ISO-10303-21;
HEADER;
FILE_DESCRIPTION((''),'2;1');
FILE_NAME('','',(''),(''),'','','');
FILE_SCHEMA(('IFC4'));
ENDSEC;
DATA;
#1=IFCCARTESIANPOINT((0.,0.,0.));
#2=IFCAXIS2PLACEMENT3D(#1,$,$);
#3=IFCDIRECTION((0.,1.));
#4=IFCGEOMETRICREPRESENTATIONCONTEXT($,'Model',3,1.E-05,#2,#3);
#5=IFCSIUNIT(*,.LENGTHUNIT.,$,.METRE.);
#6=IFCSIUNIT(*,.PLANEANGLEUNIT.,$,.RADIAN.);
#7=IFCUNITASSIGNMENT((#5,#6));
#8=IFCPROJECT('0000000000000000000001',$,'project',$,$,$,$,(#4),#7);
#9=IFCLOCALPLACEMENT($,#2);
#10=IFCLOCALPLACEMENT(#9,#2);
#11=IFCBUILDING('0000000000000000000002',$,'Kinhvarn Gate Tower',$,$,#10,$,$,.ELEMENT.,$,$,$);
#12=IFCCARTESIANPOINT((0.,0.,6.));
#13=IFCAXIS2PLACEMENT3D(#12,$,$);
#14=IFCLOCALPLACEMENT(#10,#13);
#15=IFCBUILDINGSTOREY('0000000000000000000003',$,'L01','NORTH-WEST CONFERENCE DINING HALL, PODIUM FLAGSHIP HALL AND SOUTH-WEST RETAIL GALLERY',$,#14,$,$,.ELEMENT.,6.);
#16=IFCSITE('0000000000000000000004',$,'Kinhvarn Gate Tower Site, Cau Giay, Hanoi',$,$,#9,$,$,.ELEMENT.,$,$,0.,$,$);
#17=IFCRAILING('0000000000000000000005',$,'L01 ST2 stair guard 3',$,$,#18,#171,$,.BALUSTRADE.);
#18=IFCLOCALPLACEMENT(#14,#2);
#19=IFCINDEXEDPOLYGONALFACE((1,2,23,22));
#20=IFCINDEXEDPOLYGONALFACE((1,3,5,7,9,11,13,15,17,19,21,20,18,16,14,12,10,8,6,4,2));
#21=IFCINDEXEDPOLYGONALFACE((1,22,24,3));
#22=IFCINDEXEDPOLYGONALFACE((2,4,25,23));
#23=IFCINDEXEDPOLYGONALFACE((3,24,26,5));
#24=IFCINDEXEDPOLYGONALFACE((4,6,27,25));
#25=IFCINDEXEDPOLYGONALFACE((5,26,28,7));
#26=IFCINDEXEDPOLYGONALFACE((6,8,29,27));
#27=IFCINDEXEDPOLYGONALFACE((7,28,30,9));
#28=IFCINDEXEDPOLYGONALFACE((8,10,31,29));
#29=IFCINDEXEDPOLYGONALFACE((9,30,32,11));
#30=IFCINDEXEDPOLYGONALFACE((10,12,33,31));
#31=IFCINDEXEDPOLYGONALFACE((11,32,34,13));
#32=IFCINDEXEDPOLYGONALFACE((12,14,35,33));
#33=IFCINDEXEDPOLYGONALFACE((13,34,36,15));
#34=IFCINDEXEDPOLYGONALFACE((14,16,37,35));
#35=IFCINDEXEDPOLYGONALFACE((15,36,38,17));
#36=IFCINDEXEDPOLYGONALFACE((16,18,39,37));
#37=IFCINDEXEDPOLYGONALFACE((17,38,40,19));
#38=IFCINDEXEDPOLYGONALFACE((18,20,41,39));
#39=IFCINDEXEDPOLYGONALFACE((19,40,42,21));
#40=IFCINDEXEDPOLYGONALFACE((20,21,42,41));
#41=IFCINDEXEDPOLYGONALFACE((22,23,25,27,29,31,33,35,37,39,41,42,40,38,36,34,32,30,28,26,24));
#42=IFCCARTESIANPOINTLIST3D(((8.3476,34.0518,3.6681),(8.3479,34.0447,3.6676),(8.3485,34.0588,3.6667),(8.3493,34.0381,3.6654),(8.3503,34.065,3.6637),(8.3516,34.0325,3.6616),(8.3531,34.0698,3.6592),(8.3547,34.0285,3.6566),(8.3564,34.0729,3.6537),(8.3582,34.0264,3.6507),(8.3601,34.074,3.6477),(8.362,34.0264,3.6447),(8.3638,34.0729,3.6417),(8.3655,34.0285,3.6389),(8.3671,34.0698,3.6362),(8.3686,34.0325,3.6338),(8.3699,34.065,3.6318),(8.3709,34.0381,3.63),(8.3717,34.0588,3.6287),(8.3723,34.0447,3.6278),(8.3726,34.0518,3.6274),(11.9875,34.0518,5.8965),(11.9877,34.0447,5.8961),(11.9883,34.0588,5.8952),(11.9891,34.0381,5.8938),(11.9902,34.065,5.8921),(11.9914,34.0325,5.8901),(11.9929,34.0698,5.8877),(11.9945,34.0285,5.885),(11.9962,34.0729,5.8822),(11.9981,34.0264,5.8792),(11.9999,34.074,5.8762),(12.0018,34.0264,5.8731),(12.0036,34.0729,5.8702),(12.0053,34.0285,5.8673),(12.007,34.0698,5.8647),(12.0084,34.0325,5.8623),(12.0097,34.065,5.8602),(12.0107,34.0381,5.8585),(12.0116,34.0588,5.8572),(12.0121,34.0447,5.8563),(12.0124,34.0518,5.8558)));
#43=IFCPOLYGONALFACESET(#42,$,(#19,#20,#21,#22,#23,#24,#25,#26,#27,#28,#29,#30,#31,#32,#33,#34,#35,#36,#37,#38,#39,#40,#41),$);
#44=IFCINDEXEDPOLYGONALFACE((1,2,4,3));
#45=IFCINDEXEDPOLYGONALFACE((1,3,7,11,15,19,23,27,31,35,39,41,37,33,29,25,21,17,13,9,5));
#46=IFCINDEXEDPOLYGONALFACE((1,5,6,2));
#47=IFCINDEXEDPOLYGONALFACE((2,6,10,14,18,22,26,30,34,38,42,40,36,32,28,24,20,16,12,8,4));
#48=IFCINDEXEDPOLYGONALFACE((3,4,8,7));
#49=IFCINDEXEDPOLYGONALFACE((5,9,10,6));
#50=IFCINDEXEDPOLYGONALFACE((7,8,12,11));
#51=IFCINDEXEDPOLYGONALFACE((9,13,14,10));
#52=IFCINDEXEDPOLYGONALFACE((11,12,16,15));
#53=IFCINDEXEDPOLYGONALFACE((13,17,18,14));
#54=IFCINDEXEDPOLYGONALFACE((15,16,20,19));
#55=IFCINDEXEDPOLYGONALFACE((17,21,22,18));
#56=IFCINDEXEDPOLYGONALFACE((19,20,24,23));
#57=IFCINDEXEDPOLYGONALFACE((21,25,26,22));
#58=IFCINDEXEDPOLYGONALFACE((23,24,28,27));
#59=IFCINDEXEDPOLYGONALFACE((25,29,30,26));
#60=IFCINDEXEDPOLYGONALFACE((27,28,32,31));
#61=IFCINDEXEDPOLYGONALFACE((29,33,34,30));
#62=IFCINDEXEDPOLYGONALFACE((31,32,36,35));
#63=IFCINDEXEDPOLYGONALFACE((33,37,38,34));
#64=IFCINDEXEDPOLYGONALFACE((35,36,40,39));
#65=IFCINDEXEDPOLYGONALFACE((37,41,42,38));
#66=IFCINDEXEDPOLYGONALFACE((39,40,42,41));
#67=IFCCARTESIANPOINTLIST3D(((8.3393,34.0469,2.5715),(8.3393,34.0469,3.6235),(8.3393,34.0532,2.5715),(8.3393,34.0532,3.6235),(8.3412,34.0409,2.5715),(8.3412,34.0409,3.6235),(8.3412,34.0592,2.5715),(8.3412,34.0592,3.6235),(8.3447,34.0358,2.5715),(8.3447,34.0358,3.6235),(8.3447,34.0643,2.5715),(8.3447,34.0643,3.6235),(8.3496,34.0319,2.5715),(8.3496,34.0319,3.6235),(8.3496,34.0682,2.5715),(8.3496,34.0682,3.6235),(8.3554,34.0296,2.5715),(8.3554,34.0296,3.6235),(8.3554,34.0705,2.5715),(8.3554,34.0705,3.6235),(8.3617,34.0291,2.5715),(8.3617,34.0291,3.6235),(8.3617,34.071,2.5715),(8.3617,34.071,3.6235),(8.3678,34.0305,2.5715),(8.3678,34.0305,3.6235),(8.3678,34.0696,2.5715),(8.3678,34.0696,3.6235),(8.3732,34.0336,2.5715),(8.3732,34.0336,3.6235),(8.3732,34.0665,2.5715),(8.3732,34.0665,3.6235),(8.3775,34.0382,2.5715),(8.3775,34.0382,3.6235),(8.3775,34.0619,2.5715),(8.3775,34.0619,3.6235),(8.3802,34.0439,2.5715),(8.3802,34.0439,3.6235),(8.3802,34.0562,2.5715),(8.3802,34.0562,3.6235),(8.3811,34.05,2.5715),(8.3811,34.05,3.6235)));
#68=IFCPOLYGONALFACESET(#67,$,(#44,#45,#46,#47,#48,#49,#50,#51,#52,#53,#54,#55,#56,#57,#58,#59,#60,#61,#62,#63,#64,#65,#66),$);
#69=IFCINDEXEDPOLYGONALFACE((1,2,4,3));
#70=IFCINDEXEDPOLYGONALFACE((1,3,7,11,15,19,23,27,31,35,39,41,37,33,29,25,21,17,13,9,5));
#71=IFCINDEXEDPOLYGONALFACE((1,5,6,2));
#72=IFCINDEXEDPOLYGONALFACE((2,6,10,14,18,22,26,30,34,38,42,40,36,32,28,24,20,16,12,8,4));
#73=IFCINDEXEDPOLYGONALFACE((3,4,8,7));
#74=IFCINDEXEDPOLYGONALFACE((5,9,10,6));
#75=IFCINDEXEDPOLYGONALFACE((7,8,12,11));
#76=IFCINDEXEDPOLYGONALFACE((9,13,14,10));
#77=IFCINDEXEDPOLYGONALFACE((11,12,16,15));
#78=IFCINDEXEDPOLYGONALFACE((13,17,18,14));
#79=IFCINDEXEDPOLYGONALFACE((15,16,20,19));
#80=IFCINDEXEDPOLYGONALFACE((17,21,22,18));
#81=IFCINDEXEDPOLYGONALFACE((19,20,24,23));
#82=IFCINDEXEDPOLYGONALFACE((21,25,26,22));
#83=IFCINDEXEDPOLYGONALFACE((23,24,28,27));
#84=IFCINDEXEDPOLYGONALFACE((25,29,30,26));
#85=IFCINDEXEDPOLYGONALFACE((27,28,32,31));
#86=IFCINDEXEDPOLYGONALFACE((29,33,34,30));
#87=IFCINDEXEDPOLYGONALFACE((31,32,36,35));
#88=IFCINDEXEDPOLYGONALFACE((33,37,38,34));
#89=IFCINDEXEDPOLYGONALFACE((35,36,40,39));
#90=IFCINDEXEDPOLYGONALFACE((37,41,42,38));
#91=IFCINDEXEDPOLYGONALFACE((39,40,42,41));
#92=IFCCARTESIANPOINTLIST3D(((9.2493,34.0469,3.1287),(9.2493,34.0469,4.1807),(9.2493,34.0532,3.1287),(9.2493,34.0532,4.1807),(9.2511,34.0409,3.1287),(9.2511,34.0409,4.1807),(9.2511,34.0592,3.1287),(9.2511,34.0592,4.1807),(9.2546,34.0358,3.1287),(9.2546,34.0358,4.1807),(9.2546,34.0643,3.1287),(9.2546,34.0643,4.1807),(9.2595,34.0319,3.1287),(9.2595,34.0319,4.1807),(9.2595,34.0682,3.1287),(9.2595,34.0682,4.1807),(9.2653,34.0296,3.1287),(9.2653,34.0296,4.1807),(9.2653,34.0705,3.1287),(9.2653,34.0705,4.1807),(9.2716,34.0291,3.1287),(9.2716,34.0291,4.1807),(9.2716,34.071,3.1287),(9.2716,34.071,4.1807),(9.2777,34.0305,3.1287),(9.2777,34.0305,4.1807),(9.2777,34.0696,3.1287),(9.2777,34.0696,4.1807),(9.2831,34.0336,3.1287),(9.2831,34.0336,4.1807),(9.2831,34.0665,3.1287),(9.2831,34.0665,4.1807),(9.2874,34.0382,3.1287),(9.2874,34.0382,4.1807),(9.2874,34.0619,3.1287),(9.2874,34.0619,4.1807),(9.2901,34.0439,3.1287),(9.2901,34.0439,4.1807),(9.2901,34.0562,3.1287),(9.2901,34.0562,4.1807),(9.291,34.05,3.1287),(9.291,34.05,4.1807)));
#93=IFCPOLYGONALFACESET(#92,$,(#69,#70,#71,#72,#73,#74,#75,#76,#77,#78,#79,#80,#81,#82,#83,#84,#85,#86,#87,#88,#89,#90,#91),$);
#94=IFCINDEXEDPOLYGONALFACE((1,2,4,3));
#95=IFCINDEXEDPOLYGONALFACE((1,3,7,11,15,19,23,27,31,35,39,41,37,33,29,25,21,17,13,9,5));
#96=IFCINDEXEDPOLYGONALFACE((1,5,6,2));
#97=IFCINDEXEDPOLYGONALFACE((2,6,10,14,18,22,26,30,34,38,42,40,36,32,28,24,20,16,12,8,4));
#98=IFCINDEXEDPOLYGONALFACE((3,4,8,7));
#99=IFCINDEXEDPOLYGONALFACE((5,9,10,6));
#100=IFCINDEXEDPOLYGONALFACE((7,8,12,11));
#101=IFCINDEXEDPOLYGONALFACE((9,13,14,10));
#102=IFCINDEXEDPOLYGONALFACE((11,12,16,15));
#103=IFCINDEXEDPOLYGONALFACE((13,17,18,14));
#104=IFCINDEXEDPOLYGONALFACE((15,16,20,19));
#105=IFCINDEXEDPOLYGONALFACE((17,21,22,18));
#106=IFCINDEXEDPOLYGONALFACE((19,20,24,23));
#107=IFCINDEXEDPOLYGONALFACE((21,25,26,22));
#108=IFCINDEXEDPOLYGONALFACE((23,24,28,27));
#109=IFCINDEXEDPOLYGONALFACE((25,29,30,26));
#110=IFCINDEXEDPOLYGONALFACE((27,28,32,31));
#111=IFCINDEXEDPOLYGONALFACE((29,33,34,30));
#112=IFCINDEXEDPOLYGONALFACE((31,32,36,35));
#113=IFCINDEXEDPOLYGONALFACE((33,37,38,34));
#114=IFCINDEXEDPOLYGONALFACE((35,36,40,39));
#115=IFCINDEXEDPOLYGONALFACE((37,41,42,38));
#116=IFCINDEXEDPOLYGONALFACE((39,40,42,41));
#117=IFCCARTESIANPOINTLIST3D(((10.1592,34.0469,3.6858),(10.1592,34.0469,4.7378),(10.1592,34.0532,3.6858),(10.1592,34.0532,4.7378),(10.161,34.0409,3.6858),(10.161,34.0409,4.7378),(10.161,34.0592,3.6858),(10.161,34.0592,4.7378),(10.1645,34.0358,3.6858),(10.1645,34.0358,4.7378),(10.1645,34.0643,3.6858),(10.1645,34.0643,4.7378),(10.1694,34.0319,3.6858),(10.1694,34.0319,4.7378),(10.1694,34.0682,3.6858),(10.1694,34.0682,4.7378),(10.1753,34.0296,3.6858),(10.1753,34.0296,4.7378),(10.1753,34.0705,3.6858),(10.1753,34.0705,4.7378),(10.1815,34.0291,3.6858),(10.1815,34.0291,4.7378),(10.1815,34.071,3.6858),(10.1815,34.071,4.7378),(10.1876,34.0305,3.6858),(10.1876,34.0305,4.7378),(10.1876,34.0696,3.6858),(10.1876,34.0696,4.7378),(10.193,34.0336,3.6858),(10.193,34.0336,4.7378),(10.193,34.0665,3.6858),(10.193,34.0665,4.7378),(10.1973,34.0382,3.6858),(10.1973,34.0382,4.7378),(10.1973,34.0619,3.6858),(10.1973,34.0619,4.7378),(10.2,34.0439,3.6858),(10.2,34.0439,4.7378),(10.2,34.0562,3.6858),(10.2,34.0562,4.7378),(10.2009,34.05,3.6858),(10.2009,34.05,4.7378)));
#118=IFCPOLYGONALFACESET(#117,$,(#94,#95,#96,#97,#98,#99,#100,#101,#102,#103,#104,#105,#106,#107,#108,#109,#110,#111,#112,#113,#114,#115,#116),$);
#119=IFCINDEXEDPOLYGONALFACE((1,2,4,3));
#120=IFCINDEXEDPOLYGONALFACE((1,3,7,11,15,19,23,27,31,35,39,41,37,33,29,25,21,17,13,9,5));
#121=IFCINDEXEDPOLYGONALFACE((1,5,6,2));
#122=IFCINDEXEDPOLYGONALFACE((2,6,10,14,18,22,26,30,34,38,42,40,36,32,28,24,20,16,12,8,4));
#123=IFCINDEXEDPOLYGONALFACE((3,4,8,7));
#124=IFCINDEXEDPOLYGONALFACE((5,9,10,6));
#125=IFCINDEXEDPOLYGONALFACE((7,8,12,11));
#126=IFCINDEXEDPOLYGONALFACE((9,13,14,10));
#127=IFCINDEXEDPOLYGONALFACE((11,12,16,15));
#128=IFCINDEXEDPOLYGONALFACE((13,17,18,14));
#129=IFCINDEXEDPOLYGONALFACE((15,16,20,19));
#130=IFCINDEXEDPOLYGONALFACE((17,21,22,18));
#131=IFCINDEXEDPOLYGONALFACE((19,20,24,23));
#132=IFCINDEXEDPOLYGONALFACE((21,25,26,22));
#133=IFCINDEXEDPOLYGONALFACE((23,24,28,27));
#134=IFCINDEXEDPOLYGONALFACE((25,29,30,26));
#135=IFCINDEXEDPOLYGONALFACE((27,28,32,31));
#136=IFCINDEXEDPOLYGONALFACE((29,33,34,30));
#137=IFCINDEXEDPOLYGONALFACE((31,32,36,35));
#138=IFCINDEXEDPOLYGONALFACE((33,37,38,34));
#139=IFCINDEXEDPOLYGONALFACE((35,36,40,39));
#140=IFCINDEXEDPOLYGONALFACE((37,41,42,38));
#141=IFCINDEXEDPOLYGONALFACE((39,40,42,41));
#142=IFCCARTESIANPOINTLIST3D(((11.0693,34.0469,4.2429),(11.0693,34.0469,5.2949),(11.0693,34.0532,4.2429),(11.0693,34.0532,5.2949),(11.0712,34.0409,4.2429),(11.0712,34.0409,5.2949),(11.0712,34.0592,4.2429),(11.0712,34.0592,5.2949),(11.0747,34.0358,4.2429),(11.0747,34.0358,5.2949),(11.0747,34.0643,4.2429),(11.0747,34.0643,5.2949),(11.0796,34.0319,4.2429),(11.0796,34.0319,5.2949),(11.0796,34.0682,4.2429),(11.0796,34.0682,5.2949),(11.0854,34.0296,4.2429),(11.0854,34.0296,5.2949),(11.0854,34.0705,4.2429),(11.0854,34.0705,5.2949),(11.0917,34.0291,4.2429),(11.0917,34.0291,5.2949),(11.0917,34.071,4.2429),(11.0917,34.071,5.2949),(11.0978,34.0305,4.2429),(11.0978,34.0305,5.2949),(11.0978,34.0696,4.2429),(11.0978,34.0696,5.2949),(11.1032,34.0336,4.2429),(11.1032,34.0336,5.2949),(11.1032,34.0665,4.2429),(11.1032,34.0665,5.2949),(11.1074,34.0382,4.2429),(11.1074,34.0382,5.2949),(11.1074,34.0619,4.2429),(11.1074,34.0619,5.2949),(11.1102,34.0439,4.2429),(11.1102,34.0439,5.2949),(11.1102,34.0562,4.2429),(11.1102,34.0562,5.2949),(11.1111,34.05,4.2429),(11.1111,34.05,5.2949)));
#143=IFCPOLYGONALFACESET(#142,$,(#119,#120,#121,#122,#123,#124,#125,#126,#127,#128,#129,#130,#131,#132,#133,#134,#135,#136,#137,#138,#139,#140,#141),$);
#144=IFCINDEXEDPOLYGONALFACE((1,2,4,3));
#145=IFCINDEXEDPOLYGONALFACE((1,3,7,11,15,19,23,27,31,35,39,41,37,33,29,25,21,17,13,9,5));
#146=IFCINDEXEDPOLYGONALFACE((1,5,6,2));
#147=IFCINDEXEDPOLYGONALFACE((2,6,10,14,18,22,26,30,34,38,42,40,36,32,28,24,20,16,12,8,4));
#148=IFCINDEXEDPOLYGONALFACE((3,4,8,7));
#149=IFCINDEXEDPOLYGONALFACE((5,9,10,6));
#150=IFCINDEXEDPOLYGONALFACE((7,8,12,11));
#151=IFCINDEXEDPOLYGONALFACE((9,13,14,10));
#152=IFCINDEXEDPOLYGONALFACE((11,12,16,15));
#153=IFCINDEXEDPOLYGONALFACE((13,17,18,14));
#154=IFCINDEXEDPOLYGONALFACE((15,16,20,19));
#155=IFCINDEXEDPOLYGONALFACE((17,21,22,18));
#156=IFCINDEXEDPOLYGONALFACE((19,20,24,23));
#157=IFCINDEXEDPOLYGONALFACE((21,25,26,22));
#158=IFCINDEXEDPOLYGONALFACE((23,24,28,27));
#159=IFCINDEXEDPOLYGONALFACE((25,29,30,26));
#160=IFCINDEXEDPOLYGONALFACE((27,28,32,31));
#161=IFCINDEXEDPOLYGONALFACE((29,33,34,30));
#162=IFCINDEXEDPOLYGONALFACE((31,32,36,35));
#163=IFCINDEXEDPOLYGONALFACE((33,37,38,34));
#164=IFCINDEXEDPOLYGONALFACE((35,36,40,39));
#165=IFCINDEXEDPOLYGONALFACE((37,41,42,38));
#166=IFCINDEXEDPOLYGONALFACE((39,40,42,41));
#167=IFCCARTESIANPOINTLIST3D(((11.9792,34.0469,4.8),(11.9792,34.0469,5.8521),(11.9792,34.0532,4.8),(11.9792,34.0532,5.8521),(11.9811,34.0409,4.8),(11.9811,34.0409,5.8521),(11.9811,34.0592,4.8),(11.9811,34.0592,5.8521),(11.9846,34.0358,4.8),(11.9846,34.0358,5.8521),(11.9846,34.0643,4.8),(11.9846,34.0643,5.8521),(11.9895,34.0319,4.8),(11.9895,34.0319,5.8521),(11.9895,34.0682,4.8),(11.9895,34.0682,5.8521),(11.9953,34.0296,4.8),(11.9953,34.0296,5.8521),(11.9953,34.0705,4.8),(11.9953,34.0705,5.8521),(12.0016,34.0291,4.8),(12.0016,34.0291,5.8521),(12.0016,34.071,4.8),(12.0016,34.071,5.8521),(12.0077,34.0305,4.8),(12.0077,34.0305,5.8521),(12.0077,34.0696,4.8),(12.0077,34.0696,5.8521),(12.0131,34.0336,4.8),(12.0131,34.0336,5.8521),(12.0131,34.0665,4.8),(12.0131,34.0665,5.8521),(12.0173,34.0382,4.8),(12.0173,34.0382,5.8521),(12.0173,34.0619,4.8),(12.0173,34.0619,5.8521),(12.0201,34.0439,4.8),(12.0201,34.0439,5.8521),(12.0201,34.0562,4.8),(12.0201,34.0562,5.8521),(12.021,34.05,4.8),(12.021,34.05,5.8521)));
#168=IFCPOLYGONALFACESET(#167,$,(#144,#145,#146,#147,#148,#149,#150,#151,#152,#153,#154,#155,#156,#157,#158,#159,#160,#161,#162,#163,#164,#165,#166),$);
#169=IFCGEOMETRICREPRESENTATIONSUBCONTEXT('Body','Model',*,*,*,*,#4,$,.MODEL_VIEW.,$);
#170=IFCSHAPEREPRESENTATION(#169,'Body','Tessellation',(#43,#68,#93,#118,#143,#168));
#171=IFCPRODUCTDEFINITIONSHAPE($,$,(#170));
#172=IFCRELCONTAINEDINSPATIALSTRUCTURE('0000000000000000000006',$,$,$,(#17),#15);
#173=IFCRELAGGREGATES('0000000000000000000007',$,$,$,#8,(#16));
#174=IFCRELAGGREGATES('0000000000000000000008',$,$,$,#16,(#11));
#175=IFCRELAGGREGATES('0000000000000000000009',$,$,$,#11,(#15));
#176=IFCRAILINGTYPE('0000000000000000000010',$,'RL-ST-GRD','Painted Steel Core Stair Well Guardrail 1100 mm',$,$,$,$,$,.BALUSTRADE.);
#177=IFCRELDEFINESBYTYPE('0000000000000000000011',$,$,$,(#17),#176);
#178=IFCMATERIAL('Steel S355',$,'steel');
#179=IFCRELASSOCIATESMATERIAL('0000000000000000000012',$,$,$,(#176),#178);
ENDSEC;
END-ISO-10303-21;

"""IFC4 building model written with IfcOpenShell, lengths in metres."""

from ifc_helpers import new_model, si_unit, direction, frame, origin, origin_2d, place, context, subcontext, project, spatial, circle, extrude, material, type_object, element, save


model = new_model("IFC4")

# Units and contexts
model_context = context("Model", 3, precision=1e-05, world=origin(), true_north=direction((0.0, 1.0)))
body_context = subcontext(model_context, "Body", "Model", "MODEL_VIEW")
ifc_project = project(units=[si_unit("LENGTHUNIT", "METRE"), si_unit("PLANEANGLEUNIT", "RADIAN")], contexts=[model_context])

# Site, building, storey
site_placement = place(None, origin())
site = spatial("IfcSite", under=ifc_project, at=site_placement, Name="Kinhvarn Gate Tower Site, Cau Giay, Hanoi", CompositionType="ELEMENT", RefElevation=0.0)
building_placement = place(site_placement, origin())
building = spatial("IfcBuilding", under=site, at=building_placement, Name="Kinhvarn Gate Tower", CompositionType="ELEMENT")
storey_placement = place(building_placement, frame((0.0, 0.0, 6.0)))
storey = spatial("IfcBuildingStorey", under=building, at=storey_placement, Name="L01", Description="NORTH-WEST CONFERENCE DINING HALL, PODIUM FLAGSHIP HALL AND SOUTH-WEST RETAIL GALLERY", CompositionType="ELEMENT", Elevation=6.0)

# Shared definitions
ifc_material_1 = material(Name="Steel S355", Category="steel")

# Railing
railing_type = type_object("IfcRailingType", Name="RL-ST-GRD", Description="Painted Steel Core Stair Well Guardrail 1100 mm", PredefinedType="BALUSTRADE", material=ifc_material_1)
railing_1_placement = place(storey_placement, frame((8.3601, 34.05, 2.5715)))
element("IfcRailing", 1, at=railing_1_placement, inside=storey, type_object=railing_type, Name="L01 ST2 stair guard 3", PredefinedType="BALUSTRADE", context=body_context, shape_type="SweptSolid", body=[
    extrude(circle(Radius=0.0239, at=origin_2d()), frame((0.0, 0.0, 1.0762), z_axis=(0.85285, 0.0, 0.522156), x_axis=(0.0, 1.0, 0.0)), (0.0, 0.0, 1.0), 4.2678),
    extrude(circle(Radius=0.021, at=origin_2d()), origin(), (0.0, 0.0, 1.0), 1.052),
    extrude(circle(Radius=0.021, at=origin_2d()), frame((0.9099, 0.0, 0.5571)), (0.0, 0.0, 1.0), 1.052),
    extrude(circle(Radius=0.021, at=origin_2d()), frame((1.8198, 0.0, 1.1143)), (0.0, 0.0, 1.0), 1.052),
    extrude(circle(Radius=0.021, at=origin_2d()), frame((2.73, 0.0, 1.6714)), (0.0, 0.0, 1.0), 1.052),
    extrude(circle(Radius=0.021, at=origin_2d()), frame((3.6399, 0.0, 2.2285)), (0.0, 0.0, 1.0), 1.052),
])

save(model, "model.ifc")
